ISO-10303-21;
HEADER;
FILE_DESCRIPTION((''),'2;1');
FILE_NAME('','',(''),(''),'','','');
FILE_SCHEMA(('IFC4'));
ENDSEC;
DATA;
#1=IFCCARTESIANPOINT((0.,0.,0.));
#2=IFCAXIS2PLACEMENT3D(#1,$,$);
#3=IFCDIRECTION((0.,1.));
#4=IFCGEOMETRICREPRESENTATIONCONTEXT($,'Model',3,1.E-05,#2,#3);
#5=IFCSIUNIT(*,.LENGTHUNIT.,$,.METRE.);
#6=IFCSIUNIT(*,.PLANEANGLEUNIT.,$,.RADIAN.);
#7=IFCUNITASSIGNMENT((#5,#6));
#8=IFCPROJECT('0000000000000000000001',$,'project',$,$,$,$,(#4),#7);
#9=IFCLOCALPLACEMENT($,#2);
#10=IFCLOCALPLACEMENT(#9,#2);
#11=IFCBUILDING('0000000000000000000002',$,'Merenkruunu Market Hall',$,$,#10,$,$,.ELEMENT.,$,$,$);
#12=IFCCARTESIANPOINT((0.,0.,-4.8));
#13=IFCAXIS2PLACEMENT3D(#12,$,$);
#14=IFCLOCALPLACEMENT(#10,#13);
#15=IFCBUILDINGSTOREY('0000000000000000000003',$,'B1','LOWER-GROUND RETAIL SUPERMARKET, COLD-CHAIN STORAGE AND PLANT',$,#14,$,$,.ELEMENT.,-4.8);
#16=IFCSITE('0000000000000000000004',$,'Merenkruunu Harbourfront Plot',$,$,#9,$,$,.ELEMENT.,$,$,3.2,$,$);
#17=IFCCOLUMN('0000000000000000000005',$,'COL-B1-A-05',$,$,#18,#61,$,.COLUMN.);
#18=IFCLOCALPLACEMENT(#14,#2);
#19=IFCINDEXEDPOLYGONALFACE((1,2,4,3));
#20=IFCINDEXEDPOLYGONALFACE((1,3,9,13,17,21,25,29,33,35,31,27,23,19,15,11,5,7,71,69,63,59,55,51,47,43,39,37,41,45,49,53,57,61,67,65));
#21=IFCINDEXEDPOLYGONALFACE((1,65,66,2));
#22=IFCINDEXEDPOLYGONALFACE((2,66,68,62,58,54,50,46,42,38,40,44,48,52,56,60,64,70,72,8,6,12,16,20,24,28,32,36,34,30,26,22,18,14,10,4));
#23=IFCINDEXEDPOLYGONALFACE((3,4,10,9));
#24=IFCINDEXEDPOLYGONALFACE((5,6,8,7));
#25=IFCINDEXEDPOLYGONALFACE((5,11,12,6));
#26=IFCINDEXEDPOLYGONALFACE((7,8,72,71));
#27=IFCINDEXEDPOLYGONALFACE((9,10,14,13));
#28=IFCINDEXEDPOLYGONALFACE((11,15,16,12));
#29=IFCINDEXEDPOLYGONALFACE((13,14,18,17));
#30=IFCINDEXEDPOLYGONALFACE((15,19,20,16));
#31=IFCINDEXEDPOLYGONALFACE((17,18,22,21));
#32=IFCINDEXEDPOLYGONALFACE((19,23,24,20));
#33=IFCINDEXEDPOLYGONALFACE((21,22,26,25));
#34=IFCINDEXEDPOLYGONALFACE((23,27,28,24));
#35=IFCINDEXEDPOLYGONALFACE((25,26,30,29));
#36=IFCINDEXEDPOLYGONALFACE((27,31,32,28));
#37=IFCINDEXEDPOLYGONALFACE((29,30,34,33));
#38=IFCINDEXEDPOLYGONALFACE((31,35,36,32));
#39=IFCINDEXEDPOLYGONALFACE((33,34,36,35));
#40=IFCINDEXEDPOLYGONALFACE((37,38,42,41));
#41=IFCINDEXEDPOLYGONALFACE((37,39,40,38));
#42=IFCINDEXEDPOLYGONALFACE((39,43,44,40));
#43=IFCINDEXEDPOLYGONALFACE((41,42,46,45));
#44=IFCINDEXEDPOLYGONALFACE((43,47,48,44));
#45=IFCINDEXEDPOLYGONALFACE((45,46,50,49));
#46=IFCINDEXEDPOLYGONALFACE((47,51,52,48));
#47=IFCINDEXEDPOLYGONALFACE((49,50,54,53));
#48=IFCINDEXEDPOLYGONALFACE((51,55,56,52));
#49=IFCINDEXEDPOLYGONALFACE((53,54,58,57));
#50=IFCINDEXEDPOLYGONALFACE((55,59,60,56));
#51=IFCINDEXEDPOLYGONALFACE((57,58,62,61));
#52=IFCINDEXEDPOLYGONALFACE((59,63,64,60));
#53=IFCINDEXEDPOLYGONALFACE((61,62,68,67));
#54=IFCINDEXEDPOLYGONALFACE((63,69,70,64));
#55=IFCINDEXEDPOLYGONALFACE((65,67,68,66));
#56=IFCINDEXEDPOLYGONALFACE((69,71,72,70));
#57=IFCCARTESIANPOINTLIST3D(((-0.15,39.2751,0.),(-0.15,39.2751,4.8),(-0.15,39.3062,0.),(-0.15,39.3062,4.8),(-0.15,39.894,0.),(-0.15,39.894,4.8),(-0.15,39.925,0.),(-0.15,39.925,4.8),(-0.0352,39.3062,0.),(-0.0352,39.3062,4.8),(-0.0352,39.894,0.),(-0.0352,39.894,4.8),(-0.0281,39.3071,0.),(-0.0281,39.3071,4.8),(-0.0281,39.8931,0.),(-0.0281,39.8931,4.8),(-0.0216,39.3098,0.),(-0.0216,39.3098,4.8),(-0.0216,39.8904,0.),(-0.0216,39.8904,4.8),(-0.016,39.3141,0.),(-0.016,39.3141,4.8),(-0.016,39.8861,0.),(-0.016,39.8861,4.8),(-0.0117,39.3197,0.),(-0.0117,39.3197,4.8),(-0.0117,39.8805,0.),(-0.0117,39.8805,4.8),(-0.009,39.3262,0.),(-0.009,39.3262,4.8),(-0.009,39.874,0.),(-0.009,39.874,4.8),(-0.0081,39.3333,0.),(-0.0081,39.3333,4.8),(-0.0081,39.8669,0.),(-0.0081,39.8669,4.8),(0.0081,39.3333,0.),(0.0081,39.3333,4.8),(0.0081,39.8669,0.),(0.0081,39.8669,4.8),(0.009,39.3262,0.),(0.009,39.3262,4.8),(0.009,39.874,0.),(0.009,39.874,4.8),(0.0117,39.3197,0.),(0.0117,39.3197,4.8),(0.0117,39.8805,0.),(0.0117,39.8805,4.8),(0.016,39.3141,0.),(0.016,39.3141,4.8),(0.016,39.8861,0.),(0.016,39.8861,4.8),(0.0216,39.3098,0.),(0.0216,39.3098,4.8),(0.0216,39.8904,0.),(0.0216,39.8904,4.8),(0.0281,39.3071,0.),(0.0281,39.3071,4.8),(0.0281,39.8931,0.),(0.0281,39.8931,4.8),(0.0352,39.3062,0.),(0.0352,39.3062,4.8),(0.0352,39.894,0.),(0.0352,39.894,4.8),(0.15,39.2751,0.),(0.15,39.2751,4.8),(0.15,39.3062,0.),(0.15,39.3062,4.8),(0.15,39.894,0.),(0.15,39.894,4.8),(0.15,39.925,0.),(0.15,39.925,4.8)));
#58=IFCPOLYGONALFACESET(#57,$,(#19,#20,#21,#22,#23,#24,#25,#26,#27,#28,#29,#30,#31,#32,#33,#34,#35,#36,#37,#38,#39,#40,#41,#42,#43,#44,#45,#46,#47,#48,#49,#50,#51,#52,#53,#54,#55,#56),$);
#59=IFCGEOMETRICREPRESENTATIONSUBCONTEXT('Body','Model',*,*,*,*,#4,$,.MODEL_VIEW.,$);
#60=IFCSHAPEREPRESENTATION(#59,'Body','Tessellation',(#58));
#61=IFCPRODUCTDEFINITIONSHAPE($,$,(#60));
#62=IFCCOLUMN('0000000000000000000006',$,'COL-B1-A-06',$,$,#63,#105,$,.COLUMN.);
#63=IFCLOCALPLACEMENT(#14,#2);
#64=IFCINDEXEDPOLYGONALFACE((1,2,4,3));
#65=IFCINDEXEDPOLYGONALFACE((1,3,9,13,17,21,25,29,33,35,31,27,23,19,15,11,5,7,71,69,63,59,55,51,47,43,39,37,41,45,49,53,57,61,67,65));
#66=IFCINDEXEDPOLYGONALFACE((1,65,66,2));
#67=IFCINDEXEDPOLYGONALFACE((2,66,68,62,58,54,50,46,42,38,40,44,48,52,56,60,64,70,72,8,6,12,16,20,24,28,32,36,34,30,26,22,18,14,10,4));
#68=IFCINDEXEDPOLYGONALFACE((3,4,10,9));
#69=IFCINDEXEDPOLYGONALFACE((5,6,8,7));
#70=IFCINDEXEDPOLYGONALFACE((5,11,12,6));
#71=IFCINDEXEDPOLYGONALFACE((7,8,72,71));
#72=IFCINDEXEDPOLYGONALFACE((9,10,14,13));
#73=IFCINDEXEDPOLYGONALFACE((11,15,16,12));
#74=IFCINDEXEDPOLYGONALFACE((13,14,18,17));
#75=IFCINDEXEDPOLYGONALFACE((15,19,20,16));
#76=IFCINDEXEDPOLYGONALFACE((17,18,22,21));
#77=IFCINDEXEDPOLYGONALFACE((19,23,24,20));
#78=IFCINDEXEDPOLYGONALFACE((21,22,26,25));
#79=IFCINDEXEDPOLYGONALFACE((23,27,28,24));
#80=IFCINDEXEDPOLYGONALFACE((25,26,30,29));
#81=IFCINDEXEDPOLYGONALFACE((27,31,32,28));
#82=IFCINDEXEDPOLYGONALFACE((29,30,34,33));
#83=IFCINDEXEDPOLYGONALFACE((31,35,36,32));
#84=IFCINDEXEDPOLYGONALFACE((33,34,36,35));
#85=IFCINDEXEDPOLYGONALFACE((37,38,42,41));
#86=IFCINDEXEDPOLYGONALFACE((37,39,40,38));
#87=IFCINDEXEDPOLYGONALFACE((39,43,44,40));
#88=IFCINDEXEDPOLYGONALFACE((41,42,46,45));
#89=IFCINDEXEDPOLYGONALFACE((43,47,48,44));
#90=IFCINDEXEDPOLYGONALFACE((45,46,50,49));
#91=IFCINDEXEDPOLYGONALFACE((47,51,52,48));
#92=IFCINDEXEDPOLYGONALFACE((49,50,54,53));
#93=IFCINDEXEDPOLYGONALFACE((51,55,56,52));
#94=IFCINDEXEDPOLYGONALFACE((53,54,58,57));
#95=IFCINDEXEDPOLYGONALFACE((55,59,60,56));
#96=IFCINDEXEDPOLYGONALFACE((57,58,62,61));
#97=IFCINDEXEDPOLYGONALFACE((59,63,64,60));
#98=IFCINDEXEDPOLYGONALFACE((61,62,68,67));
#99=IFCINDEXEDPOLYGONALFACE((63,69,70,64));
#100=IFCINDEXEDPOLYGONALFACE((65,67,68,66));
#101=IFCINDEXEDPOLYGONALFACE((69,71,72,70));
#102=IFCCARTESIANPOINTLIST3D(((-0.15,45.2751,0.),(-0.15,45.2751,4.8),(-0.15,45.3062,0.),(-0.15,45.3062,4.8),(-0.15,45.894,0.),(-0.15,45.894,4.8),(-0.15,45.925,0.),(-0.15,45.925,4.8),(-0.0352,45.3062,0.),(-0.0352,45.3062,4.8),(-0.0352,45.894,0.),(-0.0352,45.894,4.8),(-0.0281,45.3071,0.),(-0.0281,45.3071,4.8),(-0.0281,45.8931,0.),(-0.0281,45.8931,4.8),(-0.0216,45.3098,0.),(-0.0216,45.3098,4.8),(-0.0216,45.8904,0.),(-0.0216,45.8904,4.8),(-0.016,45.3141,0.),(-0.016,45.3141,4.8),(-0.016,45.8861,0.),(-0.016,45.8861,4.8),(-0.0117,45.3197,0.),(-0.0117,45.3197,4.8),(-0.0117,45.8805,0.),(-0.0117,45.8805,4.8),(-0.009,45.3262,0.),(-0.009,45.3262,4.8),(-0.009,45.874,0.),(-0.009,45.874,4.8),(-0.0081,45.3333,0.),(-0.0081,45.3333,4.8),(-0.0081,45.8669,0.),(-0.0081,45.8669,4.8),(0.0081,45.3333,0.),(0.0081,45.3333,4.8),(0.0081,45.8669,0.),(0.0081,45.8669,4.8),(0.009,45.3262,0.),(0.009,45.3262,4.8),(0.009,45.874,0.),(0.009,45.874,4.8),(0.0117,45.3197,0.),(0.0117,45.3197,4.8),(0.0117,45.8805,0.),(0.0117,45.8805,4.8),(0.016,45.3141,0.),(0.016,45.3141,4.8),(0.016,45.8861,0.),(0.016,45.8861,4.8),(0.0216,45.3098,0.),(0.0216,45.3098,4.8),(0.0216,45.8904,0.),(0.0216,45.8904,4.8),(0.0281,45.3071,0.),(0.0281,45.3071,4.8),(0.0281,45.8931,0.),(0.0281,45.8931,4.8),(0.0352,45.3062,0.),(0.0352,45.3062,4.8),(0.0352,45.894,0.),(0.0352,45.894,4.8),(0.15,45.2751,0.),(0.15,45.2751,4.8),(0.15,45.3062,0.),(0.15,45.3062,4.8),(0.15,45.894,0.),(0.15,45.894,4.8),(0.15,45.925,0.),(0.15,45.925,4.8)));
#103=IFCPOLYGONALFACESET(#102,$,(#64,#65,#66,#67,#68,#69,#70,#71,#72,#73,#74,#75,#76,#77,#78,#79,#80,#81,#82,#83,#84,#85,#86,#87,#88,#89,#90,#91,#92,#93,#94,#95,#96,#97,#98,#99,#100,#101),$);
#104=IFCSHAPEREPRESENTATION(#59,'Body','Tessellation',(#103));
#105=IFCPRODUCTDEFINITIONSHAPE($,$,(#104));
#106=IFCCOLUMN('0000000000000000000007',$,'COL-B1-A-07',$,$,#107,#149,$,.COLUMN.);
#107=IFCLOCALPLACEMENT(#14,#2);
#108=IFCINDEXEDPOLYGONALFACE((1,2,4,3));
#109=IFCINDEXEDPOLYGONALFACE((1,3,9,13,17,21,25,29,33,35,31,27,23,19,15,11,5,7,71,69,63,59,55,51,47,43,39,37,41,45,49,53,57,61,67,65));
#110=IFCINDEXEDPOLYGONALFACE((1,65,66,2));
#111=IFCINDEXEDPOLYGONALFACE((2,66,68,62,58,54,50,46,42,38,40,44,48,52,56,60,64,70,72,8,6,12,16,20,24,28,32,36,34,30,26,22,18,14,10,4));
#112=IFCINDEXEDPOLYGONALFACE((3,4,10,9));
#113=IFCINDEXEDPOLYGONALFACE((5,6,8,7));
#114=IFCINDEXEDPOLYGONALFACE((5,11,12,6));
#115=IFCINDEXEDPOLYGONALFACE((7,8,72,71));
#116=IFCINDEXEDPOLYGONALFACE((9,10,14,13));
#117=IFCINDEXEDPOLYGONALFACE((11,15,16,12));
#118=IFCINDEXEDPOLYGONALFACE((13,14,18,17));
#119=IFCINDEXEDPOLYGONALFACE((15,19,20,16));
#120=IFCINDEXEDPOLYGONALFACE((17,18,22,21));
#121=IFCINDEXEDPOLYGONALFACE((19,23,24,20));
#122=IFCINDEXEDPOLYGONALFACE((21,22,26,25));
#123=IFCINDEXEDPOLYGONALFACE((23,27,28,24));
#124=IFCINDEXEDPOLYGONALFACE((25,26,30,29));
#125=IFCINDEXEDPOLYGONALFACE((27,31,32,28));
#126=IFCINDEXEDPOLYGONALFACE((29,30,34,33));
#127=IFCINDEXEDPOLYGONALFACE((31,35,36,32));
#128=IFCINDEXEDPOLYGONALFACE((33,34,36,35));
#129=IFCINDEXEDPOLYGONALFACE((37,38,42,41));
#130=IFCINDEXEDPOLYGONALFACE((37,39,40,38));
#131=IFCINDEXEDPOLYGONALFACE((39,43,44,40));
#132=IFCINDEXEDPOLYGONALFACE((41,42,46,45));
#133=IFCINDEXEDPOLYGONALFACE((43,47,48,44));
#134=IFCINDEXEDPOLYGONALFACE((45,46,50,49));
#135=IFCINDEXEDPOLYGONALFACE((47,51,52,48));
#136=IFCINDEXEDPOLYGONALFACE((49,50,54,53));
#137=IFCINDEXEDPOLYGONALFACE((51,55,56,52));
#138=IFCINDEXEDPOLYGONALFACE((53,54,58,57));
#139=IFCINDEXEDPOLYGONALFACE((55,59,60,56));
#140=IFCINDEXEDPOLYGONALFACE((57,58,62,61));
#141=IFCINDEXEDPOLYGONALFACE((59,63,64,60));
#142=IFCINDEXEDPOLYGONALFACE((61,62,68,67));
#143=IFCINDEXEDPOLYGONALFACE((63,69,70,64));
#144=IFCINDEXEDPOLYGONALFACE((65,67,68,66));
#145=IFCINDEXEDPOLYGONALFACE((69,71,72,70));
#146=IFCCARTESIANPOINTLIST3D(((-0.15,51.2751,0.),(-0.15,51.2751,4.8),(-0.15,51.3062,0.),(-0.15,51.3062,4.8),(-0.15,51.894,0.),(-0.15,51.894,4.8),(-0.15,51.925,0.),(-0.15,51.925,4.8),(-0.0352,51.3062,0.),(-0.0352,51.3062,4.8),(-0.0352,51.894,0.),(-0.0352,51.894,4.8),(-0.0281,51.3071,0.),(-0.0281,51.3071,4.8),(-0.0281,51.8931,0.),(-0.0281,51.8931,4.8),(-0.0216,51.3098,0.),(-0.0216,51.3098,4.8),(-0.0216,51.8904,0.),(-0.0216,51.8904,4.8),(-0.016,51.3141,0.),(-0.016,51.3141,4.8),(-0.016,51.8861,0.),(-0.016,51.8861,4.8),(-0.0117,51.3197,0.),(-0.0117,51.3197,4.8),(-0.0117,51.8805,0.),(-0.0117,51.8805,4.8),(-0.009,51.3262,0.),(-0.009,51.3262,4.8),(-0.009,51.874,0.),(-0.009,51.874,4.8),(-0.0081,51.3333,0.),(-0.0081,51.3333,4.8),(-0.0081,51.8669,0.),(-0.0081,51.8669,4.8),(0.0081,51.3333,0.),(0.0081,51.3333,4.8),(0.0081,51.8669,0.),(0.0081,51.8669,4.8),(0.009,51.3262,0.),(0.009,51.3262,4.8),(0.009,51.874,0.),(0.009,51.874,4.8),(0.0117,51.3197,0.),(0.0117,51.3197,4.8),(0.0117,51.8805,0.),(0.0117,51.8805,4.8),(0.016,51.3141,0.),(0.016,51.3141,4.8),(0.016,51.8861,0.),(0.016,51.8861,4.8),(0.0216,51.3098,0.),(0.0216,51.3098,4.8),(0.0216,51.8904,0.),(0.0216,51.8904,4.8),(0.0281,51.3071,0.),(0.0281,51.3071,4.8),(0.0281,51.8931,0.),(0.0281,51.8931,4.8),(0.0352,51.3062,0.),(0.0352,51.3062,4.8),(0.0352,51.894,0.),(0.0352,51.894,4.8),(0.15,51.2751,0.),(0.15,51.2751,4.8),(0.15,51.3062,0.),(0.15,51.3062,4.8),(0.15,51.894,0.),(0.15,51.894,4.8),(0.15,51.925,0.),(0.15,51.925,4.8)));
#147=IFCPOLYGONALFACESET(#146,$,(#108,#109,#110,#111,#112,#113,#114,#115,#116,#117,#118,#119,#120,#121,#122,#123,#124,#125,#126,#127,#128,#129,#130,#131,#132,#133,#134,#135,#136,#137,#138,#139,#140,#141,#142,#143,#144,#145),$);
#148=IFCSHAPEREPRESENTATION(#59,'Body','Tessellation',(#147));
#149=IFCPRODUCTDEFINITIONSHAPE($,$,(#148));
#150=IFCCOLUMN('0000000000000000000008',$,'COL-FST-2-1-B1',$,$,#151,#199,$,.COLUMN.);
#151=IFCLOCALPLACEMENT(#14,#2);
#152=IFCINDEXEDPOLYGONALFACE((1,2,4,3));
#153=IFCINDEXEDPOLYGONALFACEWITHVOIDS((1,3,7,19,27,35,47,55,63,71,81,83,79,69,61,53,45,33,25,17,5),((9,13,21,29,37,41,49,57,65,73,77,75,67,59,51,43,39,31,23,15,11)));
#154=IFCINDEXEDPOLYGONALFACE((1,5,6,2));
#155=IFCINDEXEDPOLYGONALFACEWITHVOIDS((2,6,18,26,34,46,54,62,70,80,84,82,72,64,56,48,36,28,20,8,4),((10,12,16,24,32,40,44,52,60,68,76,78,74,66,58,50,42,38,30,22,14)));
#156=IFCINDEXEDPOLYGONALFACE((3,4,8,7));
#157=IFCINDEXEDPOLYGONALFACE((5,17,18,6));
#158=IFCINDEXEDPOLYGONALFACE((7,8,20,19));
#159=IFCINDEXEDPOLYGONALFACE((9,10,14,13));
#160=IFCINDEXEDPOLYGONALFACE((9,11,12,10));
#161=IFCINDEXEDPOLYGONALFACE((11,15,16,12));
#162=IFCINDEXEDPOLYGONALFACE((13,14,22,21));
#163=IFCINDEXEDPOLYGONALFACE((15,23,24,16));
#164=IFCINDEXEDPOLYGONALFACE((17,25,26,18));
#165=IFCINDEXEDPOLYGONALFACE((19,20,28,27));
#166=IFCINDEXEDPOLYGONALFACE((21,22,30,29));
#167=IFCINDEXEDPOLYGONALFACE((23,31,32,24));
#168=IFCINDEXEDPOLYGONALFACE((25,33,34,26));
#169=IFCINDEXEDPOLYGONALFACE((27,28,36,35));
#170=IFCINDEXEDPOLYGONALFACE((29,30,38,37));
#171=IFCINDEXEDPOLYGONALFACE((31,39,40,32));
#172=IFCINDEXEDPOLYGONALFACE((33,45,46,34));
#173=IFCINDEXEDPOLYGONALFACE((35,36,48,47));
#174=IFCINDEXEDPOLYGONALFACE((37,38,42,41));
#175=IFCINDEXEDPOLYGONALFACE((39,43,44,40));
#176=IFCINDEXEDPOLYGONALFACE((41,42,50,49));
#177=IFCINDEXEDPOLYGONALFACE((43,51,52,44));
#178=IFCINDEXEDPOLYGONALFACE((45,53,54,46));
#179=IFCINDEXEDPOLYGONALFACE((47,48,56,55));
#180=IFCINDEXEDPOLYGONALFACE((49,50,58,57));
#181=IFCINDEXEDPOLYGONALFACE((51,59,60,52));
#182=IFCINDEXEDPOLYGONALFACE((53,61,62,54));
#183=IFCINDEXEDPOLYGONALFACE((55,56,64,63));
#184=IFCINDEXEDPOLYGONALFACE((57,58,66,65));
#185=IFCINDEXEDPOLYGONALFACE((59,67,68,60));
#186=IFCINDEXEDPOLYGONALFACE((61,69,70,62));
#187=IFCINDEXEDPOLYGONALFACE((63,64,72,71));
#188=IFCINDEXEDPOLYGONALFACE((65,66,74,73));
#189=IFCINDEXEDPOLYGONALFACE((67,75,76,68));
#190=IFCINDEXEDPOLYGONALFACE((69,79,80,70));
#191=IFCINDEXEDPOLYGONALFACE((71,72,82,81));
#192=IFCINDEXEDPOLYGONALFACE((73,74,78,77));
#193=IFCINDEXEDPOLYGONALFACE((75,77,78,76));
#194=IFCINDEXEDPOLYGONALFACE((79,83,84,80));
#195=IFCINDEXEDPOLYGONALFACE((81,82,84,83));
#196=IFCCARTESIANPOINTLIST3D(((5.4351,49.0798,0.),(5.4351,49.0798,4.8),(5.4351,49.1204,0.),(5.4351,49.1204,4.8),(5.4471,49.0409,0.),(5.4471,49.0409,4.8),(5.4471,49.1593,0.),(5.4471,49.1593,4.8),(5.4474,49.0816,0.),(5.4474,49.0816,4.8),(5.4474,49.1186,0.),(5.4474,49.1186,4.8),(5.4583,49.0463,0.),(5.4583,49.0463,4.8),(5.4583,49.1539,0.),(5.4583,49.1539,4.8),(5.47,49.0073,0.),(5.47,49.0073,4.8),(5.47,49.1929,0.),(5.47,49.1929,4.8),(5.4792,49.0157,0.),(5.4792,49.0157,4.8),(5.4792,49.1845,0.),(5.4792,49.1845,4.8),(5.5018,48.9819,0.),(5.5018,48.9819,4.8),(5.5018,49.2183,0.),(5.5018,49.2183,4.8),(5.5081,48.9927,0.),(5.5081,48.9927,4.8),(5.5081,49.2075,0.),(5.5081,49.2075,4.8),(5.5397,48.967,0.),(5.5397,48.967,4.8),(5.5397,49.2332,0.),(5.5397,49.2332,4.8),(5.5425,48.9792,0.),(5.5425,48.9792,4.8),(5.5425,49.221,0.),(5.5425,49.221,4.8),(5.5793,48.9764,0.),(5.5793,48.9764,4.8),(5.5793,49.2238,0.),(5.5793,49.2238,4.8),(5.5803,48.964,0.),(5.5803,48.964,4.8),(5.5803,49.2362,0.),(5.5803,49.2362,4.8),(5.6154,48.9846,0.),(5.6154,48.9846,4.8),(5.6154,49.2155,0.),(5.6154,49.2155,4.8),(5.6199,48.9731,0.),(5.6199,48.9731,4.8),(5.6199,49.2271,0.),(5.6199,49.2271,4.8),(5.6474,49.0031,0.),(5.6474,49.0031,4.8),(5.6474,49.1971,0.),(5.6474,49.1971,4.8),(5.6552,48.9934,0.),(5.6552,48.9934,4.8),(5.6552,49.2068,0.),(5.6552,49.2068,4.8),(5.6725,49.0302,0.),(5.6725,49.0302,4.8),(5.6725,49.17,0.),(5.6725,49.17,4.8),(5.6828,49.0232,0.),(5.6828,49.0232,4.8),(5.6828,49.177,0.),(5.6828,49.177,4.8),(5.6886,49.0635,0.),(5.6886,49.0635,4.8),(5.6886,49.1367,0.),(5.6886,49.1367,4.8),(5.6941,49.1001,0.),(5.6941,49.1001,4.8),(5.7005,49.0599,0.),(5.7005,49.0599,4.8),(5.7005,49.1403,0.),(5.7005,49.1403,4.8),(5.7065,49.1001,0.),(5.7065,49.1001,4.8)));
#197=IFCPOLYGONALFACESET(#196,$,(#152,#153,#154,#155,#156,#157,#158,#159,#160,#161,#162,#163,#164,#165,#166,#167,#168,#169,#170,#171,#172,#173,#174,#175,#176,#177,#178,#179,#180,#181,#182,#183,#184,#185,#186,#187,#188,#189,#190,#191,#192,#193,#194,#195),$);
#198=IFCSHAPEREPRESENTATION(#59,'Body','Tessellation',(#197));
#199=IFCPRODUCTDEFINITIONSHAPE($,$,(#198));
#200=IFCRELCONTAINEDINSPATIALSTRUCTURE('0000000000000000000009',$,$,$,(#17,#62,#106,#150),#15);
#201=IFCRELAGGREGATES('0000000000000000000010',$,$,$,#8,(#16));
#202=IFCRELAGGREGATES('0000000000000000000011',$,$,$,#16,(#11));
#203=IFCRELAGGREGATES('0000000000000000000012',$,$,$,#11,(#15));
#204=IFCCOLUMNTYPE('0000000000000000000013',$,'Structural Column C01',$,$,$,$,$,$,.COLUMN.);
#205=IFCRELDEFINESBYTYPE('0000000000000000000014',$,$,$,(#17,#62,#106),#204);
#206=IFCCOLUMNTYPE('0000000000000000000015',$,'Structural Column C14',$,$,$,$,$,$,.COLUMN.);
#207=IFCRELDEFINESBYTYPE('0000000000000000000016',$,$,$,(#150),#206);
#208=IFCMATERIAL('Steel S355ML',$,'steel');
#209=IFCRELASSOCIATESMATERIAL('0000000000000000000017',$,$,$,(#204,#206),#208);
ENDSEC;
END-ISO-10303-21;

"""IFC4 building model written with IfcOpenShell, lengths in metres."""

from ifc_helpers import new_model, si_unit, direction, frame, origin, origin_2d, place, context, subcontext, project, spatial, hollow_circle, i_section, extrude, material, material_profile, profile_set, type_object, element, save


model = new_model("IFC4")

# Units and contexts
model_context = context("Model", 3, precision=1e-05, world=origin(), true_north=direction((0.0, 1.0)))
body_context = subcontext(model_context, "Body", "Model", "MODEL_VIEW")
ifc_project = project(units=[si_unit("LENGTHUNIT", "METRE"), si_unit("PLANEANGLEUNIT", "RADIAN")], contexts=[model_context])

# Site, building, storey
site_placement = place(None, origin())
site = spatial("IfcSite", under=ifc_project, at=site_placement, Name="Merenkruunu Harbourfront Plot", CompositionType="ELEMENT", RefElevation=3.2)
building_placement = place(site_placement, origin())
building = spatial("IfcBuilding", under=site, at=building_placement, Name="Merenkruunu Market Hall", CompositionType="ELEMENT")
storey_placement = place(building_placement, frame((0.0, 0.0, -4.8)))
storey = spatial("IfcBuildingStorey", under=building, at=storey_placement, Name="B1", Description="LOWER-GROUND RETAIL SUPERMARKET, COLD-CHAIN STORAGE AND PLANT", CompositionType="ELEMENT", Elevation=-4.8)

# Columns
ifc_material_1 = material(Name="Steel S355ML", Category="steel")
ifc_material_profile_1 = material_profile(ifc_material_1, i_section(OverallWidth=0.3, OverallDepth=0.6499, WebThickness=0.0161, FlangeThickness=0.031, FilletRadius=0.0271, at=origin_2d()), Name="HEB 650")
ifc_profile_set_1 = profile_set([ifc_material_profile_1], Name="Steel S355ML")
column_type_1 = type_object("IfcColumnType", Name="Structural Column C01", PredefinedType="COLUMN", material=ifc_profile_set_1)
for number, where, z_axis, x_axis, name in (
    (1, (0.0, 39.6001, 0.0), (0.0, 0.0, 1.0), (1.0, 0.0, 0.0), "COL-B1-A-05"),
    (2, (0.0, 45.6001, 0.0), (0.0, 0.0, 1.0), (1.0, 0.0, 0.0), "COL-B1-A-06"),
    (3, (0.0, 51.6001, 0.0), (0.0, 0.0, 1.0), (1.0, 0.0, 0.0), "COL-B1-A-07"),
):
    element("IfcColumn", number, at=place(storey_placement, frame(where, z_axis=z_axis, x_axis=x_axis)), inside=storey, type_object=column_type_1, Name=name, PredefinedType="COLUMN", context=body_context, shape_type="SweptSolid", body=[
        extrude(i_section(OverallWidth=0.3, OverallDepth=0.6499, WebThickness=0.0161, FlangeThickness=0.031, FilletRadius=0.0271, at=origin_2d()), origin(), (0.0, 0.0, 1.0), 4.8),
    ])
ifc_material_profile_2 = material_profile(ifc_material_1, hollow_circle(Radius=0.1365, WallThickness=0.0125, at=origin_2d()), Name="CHS 273x12.5")
ifc_profile_set_2 = profile_set([ifc_material_profile_2], Name="Steel S355ML")
column_type_2 = type_object("IfcColumnType", Name="Structural Column C14", PredefinedType="COLUMN", material=ifc_profile_set_2)
for number, where, z_axis, x_axis, name in (
    (4, (5.5701, 49.1001, 0.0), (0.0, 0.0, 1.0), (1.0, 0.0, 0.0), "COL-FST-2-1-B1"),
):
    element("IfcColumn", number, at=place(storey_placement, frame(where, z_axis=z_axis, x_axis=x_axis)), inside=storey, type_object=column_type_2, Name=name, PredefinedType="COLUMN", context=body_context, shape_type="SweptSolid", body=[
        extrude(hollow_circle(Radius=0.1365, WallThickness=0.0125, at=origin_2d()), origin(), (0.0, 0.0, 1.0), 4.8),
    ])

save(model, "model.ifc")
